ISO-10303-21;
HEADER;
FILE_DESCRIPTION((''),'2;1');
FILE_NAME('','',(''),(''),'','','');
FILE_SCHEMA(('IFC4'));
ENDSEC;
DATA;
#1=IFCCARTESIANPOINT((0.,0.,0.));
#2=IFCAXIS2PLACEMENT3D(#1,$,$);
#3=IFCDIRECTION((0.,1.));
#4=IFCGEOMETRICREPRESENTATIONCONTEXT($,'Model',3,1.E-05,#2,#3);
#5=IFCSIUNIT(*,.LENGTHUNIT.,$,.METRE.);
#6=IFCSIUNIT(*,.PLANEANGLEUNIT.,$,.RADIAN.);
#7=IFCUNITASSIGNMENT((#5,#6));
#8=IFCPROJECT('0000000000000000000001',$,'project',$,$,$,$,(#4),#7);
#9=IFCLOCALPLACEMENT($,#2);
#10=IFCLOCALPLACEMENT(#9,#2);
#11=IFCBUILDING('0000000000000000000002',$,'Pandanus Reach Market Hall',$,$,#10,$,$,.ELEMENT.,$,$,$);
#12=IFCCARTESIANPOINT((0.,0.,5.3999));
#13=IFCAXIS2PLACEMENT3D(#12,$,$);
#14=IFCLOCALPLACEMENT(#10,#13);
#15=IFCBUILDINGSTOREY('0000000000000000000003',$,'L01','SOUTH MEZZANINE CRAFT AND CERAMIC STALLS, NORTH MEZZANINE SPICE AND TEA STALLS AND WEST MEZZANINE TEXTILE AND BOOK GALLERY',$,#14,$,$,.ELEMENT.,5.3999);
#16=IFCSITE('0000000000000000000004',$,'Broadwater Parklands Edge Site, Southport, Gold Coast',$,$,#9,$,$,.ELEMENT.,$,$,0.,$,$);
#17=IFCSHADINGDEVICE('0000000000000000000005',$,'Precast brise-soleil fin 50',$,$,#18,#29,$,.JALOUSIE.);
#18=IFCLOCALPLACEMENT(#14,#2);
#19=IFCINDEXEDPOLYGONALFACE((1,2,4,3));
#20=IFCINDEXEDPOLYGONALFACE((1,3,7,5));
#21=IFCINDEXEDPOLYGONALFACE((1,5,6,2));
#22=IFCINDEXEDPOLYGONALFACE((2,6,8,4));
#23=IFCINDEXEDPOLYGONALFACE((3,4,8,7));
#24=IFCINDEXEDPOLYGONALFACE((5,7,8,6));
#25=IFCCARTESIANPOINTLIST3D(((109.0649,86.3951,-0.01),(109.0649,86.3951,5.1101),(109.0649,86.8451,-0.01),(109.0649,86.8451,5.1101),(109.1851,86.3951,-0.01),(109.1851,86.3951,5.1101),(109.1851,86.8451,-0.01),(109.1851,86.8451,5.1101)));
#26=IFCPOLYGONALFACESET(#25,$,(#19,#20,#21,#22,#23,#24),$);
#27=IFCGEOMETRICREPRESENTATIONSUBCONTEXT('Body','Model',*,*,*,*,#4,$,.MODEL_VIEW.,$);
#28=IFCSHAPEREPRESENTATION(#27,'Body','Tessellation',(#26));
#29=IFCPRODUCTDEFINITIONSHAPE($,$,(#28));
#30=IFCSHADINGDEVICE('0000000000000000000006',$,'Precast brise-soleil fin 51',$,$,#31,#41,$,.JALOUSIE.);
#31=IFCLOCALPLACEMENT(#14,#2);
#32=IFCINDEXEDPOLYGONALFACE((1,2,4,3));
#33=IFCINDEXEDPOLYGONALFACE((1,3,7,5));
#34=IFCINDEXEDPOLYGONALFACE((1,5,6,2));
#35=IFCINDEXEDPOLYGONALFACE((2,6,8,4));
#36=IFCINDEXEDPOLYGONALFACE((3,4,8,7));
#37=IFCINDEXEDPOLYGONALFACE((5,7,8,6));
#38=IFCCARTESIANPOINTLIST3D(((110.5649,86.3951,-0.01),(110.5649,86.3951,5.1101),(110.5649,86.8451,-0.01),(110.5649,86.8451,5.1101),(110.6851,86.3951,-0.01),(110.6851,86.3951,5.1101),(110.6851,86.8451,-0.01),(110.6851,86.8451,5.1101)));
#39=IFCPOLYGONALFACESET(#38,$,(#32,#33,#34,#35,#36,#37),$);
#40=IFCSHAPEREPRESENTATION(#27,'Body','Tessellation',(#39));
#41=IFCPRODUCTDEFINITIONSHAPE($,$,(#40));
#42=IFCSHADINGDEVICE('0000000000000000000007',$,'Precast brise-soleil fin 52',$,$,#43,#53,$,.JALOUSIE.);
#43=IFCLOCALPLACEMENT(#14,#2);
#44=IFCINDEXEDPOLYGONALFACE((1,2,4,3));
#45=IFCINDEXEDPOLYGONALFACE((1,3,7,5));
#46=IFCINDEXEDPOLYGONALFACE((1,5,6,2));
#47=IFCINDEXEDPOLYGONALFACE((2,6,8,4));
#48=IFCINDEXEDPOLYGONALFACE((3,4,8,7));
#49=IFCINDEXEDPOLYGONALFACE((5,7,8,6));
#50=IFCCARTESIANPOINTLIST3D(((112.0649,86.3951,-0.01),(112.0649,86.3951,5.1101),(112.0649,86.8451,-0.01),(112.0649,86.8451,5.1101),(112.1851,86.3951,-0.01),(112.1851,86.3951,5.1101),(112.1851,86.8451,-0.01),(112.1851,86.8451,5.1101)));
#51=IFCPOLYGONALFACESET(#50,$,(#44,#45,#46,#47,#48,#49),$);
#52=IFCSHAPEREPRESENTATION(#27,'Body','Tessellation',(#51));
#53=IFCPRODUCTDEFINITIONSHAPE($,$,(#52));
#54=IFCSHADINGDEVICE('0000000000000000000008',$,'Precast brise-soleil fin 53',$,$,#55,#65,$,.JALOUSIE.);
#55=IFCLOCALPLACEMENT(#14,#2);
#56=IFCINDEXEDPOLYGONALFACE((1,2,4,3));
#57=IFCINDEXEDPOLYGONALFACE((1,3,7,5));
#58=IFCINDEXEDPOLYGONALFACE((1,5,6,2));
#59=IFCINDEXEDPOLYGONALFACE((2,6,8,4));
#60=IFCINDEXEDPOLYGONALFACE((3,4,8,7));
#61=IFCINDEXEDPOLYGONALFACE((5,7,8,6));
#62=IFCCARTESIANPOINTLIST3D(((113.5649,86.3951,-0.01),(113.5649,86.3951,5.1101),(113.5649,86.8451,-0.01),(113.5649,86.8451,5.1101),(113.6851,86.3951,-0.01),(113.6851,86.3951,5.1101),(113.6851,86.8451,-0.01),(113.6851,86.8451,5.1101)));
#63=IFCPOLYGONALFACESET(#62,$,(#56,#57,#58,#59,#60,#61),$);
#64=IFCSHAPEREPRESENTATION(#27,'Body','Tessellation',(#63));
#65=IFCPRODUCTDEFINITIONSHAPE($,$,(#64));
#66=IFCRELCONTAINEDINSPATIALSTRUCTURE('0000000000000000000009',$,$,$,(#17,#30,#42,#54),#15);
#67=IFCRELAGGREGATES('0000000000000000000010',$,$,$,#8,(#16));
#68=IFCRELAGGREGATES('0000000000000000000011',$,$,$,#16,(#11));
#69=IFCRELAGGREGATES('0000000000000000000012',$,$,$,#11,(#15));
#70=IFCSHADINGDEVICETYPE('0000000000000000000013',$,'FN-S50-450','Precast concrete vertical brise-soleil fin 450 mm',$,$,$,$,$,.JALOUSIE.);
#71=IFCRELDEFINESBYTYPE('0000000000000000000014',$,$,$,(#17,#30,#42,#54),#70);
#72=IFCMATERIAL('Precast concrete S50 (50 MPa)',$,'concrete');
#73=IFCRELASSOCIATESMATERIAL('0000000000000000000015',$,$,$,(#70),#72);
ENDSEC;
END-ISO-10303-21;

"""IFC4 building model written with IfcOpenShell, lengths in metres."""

from ifc_helpers import new_model, si_unit, direction, frame, origin, origin_2d, place, context, subcontext, project, spatial, rectangle, extrude, material, type_object, element, save


model = new_model("IFC4")

# Units and contexts
model_context = context("Model", 3, precision=1e-05, world=origin(), true_north=direction((0.0, 1.0)))
body_context = subcontext(model_context, "Body", "Model", "MODEL_VIEW")
ifc_project = project(units=[si_unit("LENGTHUNIT", "METRE"), si_unit("PLANEANGLEUNIT", "RADIAN")], contexts=[model_context])

# Site, building, storey
site_placement = place(None, origin())
site = spatial("IfcSite", under=ifc_project, at=site_placement, Name="Broadwater Parklands Edge Site, Southport, Gold Coast", CompositionType="ELEMENT", RefElevation=0.0)
building_placement = place(site_placement, origin())
building = spatial("IfcBuilding", under=site, at=building_placement, Name="Pandanus Reach Market Hall", CompositionType="ELEMENT")
storey_placement = place(building_placement, frame((0.0, 0.0, 5.3999)))
storey = spatial("IfcBuildingStorey", under=building, at=storey_placement, Name="L01", Description="SOUTH MEZZANINE CRAFT AND CERAMIC STALLS, NORTH MEZZANINE SPICE AND TEA STALLS AND WEST MEZZANINE TEXTILE AND BOOK GALLERY", CompositionType="ELEMENT", Elevation=5.3999)

# Shading devices
ifc_material_1 = material(Name="Precast concrete S50 (50 MPa)", Category="concrete")
shading_device_type = type_object("IfcShadingDeviceType", Name="FN-S50-450", Description="Precast concrete vertical brise-soleil fin 450 mm", PredefinedType="JALOUSIE", material=ifc_material_1)
for number, where, z_axis, x_axis, name in (
    (1, (109.125, 86.6201, -0.01), (0.0, 0.0, 1.0), (0.0, 1.0, 0.0), "Precast brise-soleil fin 50"),
    (2, (110.625, 86.6201, -0.01), (0.0, 0.0, 1.0), (0.0, 1.0, 0.0), "Precast brise-soleil fin 51"),
    (3, (112.125, 86.6201, -0.01), (0.0, 0.0, 1.0), (0.0, 1.0, 0.0), "Precast brise-soleil fin 52"),
    (4, (113.625, 86.6201, -0.01), (0.0, 0.0, 1.0), (0.0, 1.0, 0.0), "Precast brise-soleil fin 53"),
):
    element("IfcShadingDevice", number, at=place(storey_placement, frame(where, z_axis=z_axis, x_axis=x_axis)), inside=storey, type_object=shading_device_type, Name=name, PredefinedType="JALOUSIE", context=body_context, shape_type="SweptSolid", body=[
        extrude(rectangle(XDim=0.45, YDim=0.1201, at=origin_2d()), origin(), (0.0, 0.0, 1.0), 5.1201),
    ])

save(model, "model.ifc")
